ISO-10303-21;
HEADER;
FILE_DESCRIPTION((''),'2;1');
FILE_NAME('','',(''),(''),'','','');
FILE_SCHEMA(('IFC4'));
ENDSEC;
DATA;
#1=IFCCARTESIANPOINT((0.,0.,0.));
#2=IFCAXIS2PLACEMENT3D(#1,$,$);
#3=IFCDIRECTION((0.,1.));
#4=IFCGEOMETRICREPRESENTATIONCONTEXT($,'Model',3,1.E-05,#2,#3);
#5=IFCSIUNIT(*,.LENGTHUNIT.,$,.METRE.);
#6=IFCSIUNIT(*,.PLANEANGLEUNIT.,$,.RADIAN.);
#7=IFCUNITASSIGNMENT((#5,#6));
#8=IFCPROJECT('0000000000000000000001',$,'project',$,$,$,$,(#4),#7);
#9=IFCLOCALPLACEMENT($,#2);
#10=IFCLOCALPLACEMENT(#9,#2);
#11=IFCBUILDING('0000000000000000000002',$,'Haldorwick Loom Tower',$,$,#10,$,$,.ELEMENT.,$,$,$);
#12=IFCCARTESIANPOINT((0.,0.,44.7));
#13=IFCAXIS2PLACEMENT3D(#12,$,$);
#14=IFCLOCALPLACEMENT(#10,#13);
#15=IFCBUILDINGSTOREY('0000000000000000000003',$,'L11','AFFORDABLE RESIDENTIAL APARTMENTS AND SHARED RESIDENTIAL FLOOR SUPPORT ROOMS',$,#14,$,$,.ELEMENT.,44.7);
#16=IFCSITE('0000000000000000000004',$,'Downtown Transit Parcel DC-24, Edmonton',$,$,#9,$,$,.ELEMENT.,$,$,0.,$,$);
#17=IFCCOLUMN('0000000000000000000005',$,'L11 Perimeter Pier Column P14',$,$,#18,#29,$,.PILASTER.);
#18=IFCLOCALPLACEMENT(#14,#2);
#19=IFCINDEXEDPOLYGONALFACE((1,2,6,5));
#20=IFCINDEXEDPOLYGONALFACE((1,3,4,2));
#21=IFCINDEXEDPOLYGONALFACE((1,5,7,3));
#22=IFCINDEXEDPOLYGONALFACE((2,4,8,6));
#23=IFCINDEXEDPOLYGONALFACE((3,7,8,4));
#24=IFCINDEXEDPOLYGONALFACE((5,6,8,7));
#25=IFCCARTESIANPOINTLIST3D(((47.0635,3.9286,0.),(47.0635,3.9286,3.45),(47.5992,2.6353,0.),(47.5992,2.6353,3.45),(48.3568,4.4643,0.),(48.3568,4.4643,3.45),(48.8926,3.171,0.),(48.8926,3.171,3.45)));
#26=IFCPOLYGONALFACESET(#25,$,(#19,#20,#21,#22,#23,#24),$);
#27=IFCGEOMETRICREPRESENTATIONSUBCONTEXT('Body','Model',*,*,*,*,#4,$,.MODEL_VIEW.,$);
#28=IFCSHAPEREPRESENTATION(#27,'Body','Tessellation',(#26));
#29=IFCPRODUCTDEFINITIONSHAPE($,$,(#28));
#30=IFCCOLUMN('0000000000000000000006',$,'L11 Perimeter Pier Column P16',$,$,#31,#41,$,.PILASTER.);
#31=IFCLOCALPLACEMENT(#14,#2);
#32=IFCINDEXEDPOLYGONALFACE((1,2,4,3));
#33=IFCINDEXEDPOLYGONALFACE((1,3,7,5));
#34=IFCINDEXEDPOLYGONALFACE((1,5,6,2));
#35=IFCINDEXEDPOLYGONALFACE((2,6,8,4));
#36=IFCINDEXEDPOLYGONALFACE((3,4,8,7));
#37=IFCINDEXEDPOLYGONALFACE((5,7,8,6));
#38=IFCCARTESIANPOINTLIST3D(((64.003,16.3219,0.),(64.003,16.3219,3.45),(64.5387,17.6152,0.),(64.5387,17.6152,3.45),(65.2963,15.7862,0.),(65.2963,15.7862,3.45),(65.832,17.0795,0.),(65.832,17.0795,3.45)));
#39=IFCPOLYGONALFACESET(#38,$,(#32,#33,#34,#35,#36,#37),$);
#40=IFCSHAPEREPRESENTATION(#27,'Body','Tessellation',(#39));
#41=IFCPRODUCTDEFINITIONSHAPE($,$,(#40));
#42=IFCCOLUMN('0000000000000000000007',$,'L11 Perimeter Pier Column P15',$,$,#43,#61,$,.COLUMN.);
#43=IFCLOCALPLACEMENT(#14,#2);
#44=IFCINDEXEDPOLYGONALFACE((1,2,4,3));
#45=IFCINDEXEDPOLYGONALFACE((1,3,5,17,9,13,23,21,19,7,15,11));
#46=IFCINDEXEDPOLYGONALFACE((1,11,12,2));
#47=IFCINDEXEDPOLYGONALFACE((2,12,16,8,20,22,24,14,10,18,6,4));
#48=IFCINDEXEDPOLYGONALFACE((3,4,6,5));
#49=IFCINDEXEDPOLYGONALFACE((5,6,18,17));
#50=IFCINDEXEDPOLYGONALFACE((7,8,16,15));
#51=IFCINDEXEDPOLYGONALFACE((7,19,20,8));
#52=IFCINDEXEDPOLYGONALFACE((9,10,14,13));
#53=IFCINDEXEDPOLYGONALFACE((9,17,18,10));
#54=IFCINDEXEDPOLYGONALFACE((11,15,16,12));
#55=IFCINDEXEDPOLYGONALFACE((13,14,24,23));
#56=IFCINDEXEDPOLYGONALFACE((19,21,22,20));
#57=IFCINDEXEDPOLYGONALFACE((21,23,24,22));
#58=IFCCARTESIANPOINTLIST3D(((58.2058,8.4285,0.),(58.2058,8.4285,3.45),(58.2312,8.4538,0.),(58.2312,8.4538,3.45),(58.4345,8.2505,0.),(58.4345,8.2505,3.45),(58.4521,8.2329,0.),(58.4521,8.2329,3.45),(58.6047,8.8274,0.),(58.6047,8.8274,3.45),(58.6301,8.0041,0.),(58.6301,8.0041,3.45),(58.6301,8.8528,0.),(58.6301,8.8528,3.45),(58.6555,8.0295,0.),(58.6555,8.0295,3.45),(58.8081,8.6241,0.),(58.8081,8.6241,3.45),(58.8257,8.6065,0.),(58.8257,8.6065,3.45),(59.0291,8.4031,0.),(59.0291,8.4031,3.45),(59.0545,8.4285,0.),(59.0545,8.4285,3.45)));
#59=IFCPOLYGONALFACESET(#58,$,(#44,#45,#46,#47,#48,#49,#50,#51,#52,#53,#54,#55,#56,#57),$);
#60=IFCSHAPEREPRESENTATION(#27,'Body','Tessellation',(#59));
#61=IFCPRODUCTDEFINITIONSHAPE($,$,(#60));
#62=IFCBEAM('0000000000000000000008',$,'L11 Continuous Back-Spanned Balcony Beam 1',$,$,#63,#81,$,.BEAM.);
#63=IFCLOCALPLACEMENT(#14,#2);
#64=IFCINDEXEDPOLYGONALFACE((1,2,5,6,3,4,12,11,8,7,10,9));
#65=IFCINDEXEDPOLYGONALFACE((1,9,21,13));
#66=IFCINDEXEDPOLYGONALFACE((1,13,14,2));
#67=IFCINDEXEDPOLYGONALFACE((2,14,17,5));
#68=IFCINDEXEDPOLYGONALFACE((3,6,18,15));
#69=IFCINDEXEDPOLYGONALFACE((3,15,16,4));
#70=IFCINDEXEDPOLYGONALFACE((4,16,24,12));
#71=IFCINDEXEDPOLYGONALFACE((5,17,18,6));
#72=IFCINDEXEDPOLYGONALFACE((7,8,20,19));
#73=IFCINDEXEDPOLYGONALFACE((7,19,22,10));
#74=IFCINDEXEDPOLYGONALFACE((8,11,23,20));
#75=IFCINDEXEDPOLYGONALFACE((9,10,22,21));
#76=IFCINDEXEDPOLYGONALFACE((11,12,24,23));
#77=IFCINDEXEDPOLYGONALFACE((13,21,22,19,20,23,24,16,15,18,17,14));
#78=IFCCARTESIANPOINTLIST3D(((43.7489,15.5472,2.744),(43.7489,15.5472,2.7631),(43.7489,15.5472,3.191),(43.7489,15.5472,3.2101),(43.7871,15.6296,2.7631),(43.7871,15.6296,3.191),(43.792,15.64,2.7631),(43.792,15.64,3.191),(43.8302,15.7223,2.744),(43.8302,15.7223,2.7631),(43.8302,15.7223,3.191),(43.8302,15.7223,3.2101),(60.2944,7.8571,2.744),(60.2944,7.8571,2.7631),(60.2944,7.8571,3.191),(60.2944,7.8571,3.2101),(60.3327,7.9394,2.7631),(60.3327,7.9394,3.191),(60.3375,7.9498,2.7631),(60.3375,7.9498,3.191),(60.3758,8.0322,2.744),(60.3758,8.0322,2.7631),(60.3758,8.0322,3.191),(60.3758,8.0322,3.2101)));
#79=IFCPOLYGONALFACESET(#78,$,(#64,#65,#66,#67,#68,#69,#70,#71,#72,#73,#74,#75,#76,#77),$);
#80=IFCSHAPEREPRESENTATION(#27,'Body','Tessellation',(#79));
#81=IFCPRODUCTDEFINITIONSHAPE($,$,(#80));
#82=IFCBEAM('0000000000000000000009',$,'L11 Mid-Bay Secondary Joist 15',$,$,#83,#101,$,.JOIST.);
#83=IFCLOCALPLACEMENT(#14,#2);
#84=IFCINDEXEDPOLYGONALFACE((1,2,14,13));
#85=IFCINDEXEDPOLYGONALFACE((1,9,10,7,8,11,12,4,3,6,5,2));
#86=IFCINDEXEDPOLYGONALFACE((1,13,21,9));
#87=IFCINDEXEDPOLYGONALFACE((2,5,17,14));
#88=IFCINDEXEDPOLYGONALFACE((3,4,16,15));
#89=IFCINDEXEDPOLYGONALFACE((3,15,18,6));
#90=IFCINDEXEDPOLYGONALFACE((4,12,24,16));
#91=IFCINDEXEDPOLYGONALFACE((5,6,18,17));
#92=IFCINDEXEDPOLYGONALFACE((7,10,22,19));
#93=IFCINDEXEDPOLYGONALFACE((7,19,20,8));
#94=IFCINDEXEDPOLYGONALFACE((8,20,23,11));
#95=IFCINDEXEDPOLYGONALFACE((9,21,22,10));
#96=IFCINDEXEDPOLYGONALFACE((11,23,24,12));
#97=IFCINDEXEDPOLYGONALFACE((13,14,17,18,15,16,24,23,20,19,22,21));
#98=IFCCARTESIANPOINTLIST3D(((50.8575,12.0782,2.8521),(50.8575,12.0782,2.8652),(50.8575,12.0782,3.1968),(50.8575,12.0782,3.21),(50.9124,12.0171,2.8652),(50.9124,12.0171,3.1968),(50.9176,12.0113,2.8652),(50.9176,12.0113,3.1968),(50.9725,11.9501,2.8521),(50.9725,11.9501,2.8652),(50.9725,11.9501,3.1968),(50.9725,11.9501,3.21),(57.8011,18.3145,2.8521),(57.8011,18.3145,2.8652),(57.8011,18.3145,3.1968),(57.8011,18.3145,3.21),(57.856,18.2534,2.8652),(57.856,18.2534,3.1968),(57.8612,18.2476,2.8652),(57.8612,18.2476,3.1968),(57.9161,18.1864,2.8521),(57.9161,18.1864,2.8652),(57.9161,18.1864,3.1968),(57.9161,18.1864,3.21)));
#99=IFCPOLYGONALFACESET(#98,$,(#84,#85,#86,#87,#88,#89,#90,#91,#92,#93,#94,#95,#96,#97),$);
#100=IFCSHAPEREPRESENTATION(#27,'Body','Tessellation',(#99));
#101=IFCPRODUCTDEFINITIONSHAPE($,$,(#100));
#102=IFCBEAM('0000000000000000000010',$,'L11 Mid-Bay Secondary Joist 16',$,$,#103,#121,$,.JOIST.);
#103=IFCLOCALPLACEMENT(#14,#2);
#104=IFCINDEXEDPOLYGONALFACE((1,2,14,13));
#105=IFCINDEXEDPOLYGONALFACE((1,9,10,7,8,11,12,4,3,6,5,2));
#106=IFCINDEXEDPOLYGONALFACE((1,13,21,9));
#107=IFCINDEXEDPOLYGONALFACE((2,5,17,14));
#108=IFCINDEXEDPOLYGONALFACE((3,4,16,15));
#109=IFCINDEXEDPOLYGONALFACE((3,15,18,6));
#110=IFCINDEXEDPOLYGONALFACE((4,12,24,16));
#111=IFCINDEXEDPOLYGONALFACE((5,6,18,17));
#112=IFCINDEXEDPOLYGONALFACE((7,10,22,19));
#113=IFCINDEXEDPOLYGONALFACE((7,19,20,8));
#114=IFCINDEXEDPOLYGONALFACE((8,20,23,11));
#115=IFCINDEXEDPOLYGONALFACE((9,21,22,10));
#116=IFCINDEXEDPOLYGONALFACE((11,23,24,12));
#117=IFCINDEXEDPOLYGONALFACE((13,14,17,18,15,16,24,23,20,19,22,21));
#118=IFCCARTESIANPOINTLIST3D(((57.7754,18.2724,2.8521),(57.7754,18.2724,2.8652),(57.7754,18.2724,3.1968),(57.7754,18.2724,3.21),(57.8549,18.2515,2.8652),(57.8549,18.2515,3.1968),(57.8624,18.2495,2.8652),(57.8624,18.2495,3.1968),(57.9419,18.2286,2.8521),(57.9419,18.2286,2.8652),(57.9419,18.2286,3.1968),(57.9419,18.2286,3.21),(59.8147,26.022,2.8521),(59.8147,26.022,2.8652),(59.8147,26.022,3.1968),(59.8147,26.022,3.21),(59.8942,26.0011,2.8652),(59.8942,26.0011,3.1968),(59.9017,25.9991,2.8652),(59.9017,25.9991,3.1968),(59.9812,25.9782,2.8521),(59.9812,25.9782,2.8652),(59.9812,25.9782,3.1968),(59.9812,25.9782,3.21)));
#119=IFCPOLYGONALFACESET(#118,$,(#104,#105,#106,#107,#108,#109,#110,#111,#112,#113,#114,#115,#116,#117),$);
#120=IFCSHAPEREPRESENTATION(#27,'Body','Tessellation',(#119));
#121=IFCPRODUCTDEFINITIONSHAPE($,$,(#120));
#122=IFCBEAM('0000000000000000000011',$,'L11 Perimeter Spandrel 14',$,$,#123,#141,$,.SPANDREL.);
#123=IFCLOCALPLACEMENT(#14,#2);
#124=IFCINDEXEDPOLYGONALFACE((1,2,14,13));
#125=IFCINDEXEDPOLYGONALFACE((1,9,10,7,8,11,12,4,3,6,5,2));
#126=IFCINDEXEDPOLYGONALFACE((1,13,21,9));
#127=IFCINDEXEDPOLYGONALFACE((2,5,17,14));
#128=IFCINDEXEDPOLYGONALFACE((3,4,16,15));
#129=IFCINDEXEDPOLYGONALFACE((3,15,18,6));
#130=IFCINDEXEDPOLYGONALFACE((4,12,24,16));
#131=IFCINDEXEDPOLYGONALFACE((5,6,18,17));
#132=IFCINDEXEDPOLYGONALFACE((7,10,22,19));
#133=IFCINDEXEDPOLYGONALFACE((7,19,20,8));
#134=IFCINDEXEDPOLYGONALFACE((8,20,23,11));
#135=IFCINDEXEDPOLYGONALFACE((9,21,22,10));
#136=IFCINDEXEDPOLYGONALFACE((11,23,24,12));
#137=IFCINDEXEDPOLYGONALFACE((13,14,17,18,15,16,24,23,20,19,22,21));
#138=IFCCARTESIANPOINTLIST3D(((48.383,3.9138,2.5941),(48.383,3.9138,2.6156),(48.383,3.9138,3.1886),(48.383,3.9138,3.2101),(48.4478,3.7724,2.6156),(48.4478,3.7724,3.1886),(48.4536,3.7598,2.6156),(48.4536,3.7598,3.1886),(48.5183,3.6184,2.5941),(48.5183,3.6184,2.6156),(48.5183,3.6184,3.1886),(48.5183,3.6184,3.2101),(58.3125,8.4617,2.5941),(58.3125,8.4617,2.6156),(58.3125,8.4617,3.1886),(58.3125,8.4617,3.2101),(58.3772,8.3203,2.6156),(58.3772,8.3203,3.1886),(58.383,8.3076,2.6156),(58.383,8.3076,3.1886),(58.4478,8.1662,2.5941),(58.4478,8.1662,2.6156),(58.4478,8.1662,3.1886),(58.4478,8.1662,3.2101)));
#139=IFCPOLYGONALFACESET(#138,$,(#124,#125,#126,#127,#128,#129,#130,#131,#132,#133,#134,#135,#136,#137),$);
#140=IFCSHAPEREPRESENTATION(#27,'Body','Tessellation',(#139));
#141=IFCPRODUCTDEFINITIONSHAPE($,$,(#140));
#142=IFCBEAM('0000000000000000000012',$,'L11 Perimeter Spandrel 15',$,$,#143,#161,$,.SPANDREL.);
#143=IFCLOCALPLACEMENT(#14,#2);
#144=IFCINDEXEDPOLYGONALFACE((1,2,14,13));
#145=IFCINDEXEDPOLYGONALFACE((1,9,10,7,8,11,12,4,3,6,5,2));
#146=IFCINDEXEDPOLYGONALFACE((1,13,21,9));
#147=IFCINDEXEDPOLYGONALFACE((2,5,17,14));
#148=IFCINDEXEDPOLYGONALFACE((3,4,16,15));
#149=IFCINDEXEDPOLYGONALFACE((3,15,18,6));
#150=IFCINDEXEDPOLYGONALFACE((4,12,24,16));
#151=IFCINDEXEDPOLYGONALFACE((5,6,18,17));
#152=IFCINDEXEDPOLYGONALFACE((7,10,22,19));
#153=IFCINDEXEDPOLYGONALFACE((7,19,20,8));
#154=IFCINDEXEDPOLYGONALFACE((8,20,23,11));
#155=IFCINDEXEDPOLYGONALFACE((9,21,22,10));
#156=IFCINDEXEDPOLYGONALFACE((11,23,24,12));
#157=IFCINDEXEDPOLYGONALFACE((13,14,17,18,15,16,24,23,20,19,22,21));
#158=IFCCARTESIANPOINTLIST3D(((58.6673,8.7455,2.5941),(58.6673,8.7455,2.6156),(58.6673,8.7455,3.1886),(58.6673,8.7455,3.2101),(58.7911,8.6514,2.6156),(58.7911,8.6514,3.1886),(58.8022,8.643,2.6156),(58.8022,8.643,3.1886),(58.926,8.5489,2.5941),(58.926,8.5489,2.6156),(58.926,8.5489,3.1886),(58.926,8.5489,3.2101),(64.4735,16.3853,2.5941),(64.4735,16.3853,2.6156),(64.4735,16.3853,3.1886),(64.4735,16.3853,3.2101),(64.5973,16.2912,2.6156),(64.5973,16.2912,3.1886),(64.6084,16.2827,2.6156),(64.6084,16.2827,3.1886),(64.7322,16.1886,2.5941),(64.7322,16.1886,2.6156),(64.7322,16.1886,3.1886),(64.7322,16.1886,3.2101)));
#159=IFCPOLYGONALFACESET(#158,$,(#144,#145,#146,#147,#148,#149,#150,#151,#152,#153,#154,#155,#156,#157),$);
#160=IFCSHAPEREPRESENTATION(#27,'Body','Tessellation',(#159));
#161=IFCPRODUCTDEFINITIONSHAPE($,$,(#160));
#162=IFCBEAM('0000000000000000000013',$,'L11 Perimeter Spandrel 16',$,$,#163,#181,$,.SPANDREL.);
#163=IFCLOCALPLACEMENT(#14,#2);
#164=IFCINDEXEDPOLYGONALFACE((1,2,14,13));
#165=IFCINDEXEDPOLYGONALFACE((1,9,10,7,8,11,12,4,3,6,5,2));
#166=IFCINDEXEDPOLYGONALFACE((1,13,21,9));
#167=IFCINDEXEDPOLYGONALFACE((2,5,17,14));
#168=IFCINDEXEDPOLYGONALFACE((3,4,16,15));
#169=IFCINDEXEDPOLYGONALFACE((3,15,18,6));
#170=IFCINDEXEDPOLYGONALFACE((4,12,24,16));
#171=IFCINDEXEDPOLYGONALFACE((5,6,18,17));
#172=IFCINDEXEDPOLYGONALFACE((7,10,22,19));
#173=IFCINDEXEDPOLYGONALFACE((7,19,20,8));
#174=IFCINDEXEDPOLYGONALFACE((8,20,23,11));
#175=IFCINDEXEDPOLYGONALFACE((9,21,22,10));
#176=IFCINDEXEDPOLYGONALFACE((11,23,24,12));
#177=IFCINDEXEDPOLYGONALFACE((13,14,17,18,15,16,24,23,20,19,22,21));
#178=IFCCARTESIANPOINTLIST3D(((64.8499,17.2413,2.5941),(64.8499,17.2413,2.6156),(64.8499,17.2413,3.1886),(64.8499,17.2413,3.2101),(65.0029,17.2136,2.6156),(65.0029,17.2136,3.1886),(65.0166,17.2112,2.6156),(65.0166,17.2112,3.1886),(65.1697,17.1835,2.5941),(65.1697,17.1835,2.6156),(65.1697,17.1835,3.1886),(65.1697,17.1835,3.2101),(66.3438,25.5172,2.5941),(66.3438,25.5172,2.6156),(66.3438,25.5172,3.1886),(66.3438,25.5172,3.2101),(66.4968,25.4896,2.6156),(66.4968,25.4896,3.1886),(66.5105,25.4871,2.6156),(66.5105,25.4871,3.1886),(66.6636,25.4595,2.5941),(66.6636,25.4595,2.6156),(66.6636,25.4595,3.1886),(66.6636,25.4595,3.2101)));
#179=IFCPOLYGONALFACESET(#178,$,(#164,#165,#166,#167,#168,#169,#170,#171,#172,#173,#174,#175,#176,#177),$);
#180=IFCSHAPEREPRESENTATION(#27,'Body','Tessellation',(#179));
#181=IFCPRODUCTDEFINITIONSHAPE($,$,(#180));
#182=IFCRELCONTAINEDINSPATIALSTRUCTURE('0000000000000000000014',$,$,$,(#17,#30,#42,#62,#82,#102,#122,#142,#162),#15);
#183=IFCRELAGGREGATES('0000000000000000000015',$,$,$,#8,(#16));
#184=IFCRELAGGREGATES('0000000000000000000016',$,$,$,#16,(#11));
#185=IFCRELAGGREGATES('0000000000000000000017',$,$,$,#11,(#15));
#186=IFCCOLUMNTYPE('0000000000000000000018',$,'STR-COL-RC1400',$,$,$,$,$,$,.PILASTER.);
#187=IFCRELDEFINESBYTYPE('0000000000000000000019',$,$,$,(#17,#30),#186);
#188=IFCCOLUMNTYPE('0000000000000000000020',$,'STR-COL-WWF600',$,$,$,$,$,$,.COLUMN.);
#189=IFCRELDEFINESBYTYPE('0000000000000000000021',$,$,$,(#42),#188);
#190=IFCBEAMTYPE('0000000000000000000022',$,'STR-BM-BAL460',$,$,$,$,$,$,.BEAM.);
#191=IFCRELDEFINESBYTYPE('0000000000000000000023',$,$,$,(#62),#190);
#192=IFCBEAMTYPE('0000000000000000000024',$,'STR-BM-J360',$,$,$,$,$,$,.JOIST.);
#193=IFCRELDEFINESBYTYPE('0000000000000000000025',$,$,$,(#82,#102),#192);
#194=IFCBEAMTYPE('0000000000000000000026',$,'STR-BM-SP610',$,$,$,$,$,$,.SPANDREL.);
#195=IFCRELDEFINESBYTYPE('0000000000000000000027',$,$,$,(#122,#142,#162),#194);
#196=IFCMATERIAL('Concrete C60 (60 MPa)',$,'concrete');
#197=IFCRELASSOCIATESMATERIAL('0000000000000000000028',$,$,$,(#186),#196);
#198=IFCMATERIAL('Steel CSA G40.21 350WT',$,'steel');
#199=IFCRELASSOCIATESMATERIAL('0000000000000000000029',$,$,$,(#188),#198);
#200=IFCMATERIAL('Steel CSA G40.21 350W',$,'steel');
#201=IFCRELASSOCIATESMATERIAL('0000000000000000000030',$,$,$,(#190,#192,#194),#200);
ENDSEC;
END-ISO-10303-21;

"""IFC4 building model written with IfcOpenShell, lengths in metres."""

from ifc_helpers import new_model, si_unit, direction, frame, origin, origin_2d, place, context, subcontext, project, spatial, rectangle, i_section, extrude, material, material_profile, profile_set, type_object, element, save


model = new_model("IFC4")

# Units and contexts
model_context = context("Model", 3, precision=1e-05, world=origin(), true_north=direction((0.0, 1.0)))
body_context = subcontext(model_context, "Body", "Model", "MODEL_VIEW")
ifc_project = project(units=[si_unit("LENGTHUNIT", "METRE"), si_unit("PLANEANGLEUNIT", "RADIAN")], contexts=[model_context])

# Site, building, storey
site_placement = place(None, origin())
site = spatial("IfcSite", under=ifc_project, at=site_placement, Name="Downtown Transit Parcel DC-24, Edmonton", CompositionType="ELEMENT", RefElevation=0.0)
building_placement = place(site_placement, origin())
building = spatial("IfcBuilding", under=site, at=building_placement, Name="Haldorwick Loom Tower", CompositionType="ELEMENT")
storey_placement = place(building_placement, frame((0.0, 0.0, 44.7)))
storey = spatial("IfcBuildingStorey", under=building, at=storey_placement, Name="L11", Description="AFFORDABLE RESIDENTIAL APARTMENTS AND SHARED RESIDENTIAL FLOOR SUPPORT ROOMS", CompositionType="ELEMENT", Elevation=44.7)

# Columns
ifc_material_1 = material(Name="Concrete C60 (60 MPa)", Category="concrete")
ifc_material_profile_1 = material_profile(ifc_material_1, rectangle(XDim=1.3999, YDim=1.3999, at=origin_2d()), Name="RC1400X1400", Category="concrete")
ifc_profile_set_1 = profile_set([ifc_material_profile_1], Name="Concrete C60 (60 MPa)")
column_type_1 = type_object("IfcColumnType", Name="STR-COL-RC1400", PredefinedType="PILASTER", material=ifc_profile_set_1)
for number, where, z_axis, x_axis, name in (
    (1, (47.978, 3.5498, 0.0), (0.0, 0.0, 1.0), (0.382683, -0.92388, 0.0), "L11 Perimeter Pier Column P14"),
    (2, (64.9175, 16.7007, 0.0), (0.0, 0.0, 1.0), (0.92388, -0.382683, 0.0), "L11 Perimeter Pier Column P16"),
):
    element("IfcColumn", number, at=place(storey_placement, frame(where, z_axis=z_axis, x_axis=x_axis)), inside=storey, type_object=column_type_1, Name=name, PredefinedType="PILASTER", context=body_context, shape_type="SweptSolid", body=[
        extrude(rectangle(XDim=1.3999, YDim=1.3999, at=origin_2d()), origin(), (0.0, 0.0, 1.0), 3.45),
    ])
ifc_material_2 = material(Name="Steel CSA G40.21 350WT", Category="steel")
ifc_material_profile_2 = material_profile(ifc_material_2, i_section(OverallWidth=0.6001, OverallDepth=0.6001, WebThickness=0.0249, FlangeThickness=0.0359, at=origin_2d()), Name="WWF600X600", Category="steel")
ifc_profile_set_2 = profile_set([ifc_material_profile_2], Name="Steel CSA G40.21 350WT")
column_type_2 = type_object("IfcColumnType", Name="STR-COL-WWF600", PredefinedType="COLUMN", material=ifc_profile_set_2)
column_placement = place(storey_placement, frame((58.6301, 8.4285, 0.0), z_axis=(0.0, 0.0, 1.0), x_axis=(0.707107, -0.707107, 0.0)))
element("IfcColumn", 3, at=column_placement, inside=storey, type_object=column_type_2, Name="L11 Perimeter Pier Column P15", PredefinedType="COLUMN", context=body_context, shape_type="SweptSolid", body=[
    extrude(i_section(OverallWidth=0.6001, OverallDepth=0.6001, WebThickness=0.0249, FlangeThickness=0.0359, at=origin_2d()), origin(), (0.0, 0.0, 1.0), 3.45),
])

# Beams
ifc_material_3 = material(Name="Steel CSA G40.21 350W", Category="steel")
ifc_material_profile_3 = material_profile(ifc_material_3, i_section(OverallWidth=0.1931, OverallDepth=0.4661, WebThickness=0.0115, FlangeThickness=0.019, at=origin_2d()), Name="W460X97", Category="steel")
ifc_profile_set_3 = profile_set([ifc_material_profile_3], Name="Steel CSA G40.21 350W")
beam_type_1 = type_object("IfcBeamType", Name="STR-BM-BAL460", PredefinedType="BEAM", material=ifc_profile_set_3)
beam_1_placement = place(storey_placement, frame((43.7896, 15.6348, 2.9771), z_axis=(0.906836, -0.421484, 0.0), x_axis=(0.421484, 0.906836, 0.0)))
element("IfcBeam", 4, at=beam_1_placement, inside=storey, type_object=beam_type_1, Name="L11 Continuous Back-Spanned Balcony Beam 1", PredefinedType="BEAM", context=body_context, shape_type="SweptSolid", body=[
    extrude(i_section(OverallWidth=0.1931, OverallDepth=0.4661, WebThickness=0.0115, FlangeThickness=0.019, at=origin_2d()), origin(), (0.0, 0.0, 1.0), 18.2454),
])
ifc_material_profile_4 = material_profile(ifc_material_3, i_section(OverallWidth=0.1721, OverallDepth=0.3579, WebThickness=0.0078, FlangeThickness=0.0132, at=origin_2d()), Name="W360X57", Category="steel")
ifc_profile_set_4 = profile_set([ifc_material_profile_4], Name="Steel CSA G40.21 350W")
beam_type_2 = type_object("IfcBeamType", Name="STR-BM-J360", PredefinedType="JOIST", material=ifc_profile_set_4)
beam_2_placement = place(storey_placement, frame((50.915, 12.0142, 3.031), z_axis=(0.743982, 0.6682, 0.0), x_axis=(-0.6682, 0.743982, 0.0)))
element("IfcBeam", 5, at=beam_2_placement, inside=storey, type_object=beam_type_2, Name="L11 Mid-Bay Secondary Joist 15", PredefinedType="JOIST", context=body_context, shape_type="SweptSolid", body=[
    extrude(i_section(OverallWidth=0.1721, OverallDepth=0.3579, WebThickness=0.0078, FlangeThickness=0.0132, at=origin_2d()), origin(), (0.0, 0.0, 1.0), 9.333),
])
beam_3_placement = place(storey_placement, frame((57.8586, 18.2505, 3.031), z_axis=(0.254489, 0.967076, 0.0), x_axis=(-0.967076, 0.254489, 0.0)))
element("IfcBeam", 6, at=beam_3_placement, inside=storey, type_object=beam_type_2, Name="L11 Mid-Bay Secondary Joist 16", PredefinedType="JOIST", context=body_context, shape_type="SweptSolid", body=[
    extrude(i_section(OverallWidth=0.1721, OverallDepth=0.3579, WebThickness=0.0078, FlangeThickness=0.0132, at=origin_2d()), origin(), (0.0, 0.0, 1.0), 8.0134),
])
ifc_material_profile_5 = material_profile(ifc_material_3, i_section(OverallWidth=0.325, OverallDepth=0.616, WebThickness=0.0139, FlangeThickness=0.0215, at=origin_2d()), Name="W610X174", Category="steel")
ifc_profile_set_5 = profile_set([ifc_material_profile_5], Name="Steel CSA G40.21 350W")
beam_type_3 = type_object("IfcBeamType", Name="STR-BM-SP610", PredefinedType="SPANDREL", material=ifc_profile_set_5)
beam_4_placement = place(storey_placement, frame((48.4507, 3.7661, 2.9021), z_axis=(0.909174, 0.416417, 0.0), x_axis=(-0.416417, 0.909174, 0.0)))
element("IfcBeam", 7, at=beam_4_placement, inside=storey, type_object=beam_type_3, Name="L11 Perimeter Spandrel 14", PredefinedType="SPANDREL", context=body_context, shape_type="SweptSolid", body=[
    extrude(i_section(OverallWidth=0.325, OverallDepth=0.616, WebThickness=0.0139, FlangeThickness=0.0215, at=origin_2d()), origin(), (0.0, 0.0, 1.0), 10.9214),
])
beam_5_placement = place(storey_placement, frame((58.7966, 8.6472, 2.9021), z_axis=(0.605085, 0.796161, 0.0), x_axis=(-0.796161, 0.605085, 0.0)))
element("IfcBeam", 8, at=beam_5_placement, inside=storey, type_object=beam_type_3, Name="L11 Perimeter Spandrel 15", PredefinedType="SPANDREL", context=body_context, shape_type="SweptSolid", body=[
    extrude(i_section(OverallWidth=0.325, OverallDepth=0.616, WebThickness=0.0139, FlangeThickness=0.0215, at=origin_2d()), origin(), (0.0, 0.0, 1.0), 9.5957),
])
beam_6_placement = place(storey_placement, frame((65.0098, 17.2124, 2.9021), z_axis=(0.177641, 0.984095, 0.0), x_axis=(-0.984095, 0.177641, 0.0)))
element("IfcBeam", 9, at=beam_6_placement, inside=storey, type_object=beam_type_3, Name="L11 Perimeter Spandrel 16", PredefinedType="SPANDREL", context=body_context, shape_type="SweptSolid", body=[
    extrude(i_section(OverallWidth=0.325, OverallDepth=0.616, WebThickness=0.0139, FlangeThickness=0.0215, at=origin_2d()), origin(), (0.0, 0.0, 1.0), 8.4097),
])

save(model, "model.ifc")
